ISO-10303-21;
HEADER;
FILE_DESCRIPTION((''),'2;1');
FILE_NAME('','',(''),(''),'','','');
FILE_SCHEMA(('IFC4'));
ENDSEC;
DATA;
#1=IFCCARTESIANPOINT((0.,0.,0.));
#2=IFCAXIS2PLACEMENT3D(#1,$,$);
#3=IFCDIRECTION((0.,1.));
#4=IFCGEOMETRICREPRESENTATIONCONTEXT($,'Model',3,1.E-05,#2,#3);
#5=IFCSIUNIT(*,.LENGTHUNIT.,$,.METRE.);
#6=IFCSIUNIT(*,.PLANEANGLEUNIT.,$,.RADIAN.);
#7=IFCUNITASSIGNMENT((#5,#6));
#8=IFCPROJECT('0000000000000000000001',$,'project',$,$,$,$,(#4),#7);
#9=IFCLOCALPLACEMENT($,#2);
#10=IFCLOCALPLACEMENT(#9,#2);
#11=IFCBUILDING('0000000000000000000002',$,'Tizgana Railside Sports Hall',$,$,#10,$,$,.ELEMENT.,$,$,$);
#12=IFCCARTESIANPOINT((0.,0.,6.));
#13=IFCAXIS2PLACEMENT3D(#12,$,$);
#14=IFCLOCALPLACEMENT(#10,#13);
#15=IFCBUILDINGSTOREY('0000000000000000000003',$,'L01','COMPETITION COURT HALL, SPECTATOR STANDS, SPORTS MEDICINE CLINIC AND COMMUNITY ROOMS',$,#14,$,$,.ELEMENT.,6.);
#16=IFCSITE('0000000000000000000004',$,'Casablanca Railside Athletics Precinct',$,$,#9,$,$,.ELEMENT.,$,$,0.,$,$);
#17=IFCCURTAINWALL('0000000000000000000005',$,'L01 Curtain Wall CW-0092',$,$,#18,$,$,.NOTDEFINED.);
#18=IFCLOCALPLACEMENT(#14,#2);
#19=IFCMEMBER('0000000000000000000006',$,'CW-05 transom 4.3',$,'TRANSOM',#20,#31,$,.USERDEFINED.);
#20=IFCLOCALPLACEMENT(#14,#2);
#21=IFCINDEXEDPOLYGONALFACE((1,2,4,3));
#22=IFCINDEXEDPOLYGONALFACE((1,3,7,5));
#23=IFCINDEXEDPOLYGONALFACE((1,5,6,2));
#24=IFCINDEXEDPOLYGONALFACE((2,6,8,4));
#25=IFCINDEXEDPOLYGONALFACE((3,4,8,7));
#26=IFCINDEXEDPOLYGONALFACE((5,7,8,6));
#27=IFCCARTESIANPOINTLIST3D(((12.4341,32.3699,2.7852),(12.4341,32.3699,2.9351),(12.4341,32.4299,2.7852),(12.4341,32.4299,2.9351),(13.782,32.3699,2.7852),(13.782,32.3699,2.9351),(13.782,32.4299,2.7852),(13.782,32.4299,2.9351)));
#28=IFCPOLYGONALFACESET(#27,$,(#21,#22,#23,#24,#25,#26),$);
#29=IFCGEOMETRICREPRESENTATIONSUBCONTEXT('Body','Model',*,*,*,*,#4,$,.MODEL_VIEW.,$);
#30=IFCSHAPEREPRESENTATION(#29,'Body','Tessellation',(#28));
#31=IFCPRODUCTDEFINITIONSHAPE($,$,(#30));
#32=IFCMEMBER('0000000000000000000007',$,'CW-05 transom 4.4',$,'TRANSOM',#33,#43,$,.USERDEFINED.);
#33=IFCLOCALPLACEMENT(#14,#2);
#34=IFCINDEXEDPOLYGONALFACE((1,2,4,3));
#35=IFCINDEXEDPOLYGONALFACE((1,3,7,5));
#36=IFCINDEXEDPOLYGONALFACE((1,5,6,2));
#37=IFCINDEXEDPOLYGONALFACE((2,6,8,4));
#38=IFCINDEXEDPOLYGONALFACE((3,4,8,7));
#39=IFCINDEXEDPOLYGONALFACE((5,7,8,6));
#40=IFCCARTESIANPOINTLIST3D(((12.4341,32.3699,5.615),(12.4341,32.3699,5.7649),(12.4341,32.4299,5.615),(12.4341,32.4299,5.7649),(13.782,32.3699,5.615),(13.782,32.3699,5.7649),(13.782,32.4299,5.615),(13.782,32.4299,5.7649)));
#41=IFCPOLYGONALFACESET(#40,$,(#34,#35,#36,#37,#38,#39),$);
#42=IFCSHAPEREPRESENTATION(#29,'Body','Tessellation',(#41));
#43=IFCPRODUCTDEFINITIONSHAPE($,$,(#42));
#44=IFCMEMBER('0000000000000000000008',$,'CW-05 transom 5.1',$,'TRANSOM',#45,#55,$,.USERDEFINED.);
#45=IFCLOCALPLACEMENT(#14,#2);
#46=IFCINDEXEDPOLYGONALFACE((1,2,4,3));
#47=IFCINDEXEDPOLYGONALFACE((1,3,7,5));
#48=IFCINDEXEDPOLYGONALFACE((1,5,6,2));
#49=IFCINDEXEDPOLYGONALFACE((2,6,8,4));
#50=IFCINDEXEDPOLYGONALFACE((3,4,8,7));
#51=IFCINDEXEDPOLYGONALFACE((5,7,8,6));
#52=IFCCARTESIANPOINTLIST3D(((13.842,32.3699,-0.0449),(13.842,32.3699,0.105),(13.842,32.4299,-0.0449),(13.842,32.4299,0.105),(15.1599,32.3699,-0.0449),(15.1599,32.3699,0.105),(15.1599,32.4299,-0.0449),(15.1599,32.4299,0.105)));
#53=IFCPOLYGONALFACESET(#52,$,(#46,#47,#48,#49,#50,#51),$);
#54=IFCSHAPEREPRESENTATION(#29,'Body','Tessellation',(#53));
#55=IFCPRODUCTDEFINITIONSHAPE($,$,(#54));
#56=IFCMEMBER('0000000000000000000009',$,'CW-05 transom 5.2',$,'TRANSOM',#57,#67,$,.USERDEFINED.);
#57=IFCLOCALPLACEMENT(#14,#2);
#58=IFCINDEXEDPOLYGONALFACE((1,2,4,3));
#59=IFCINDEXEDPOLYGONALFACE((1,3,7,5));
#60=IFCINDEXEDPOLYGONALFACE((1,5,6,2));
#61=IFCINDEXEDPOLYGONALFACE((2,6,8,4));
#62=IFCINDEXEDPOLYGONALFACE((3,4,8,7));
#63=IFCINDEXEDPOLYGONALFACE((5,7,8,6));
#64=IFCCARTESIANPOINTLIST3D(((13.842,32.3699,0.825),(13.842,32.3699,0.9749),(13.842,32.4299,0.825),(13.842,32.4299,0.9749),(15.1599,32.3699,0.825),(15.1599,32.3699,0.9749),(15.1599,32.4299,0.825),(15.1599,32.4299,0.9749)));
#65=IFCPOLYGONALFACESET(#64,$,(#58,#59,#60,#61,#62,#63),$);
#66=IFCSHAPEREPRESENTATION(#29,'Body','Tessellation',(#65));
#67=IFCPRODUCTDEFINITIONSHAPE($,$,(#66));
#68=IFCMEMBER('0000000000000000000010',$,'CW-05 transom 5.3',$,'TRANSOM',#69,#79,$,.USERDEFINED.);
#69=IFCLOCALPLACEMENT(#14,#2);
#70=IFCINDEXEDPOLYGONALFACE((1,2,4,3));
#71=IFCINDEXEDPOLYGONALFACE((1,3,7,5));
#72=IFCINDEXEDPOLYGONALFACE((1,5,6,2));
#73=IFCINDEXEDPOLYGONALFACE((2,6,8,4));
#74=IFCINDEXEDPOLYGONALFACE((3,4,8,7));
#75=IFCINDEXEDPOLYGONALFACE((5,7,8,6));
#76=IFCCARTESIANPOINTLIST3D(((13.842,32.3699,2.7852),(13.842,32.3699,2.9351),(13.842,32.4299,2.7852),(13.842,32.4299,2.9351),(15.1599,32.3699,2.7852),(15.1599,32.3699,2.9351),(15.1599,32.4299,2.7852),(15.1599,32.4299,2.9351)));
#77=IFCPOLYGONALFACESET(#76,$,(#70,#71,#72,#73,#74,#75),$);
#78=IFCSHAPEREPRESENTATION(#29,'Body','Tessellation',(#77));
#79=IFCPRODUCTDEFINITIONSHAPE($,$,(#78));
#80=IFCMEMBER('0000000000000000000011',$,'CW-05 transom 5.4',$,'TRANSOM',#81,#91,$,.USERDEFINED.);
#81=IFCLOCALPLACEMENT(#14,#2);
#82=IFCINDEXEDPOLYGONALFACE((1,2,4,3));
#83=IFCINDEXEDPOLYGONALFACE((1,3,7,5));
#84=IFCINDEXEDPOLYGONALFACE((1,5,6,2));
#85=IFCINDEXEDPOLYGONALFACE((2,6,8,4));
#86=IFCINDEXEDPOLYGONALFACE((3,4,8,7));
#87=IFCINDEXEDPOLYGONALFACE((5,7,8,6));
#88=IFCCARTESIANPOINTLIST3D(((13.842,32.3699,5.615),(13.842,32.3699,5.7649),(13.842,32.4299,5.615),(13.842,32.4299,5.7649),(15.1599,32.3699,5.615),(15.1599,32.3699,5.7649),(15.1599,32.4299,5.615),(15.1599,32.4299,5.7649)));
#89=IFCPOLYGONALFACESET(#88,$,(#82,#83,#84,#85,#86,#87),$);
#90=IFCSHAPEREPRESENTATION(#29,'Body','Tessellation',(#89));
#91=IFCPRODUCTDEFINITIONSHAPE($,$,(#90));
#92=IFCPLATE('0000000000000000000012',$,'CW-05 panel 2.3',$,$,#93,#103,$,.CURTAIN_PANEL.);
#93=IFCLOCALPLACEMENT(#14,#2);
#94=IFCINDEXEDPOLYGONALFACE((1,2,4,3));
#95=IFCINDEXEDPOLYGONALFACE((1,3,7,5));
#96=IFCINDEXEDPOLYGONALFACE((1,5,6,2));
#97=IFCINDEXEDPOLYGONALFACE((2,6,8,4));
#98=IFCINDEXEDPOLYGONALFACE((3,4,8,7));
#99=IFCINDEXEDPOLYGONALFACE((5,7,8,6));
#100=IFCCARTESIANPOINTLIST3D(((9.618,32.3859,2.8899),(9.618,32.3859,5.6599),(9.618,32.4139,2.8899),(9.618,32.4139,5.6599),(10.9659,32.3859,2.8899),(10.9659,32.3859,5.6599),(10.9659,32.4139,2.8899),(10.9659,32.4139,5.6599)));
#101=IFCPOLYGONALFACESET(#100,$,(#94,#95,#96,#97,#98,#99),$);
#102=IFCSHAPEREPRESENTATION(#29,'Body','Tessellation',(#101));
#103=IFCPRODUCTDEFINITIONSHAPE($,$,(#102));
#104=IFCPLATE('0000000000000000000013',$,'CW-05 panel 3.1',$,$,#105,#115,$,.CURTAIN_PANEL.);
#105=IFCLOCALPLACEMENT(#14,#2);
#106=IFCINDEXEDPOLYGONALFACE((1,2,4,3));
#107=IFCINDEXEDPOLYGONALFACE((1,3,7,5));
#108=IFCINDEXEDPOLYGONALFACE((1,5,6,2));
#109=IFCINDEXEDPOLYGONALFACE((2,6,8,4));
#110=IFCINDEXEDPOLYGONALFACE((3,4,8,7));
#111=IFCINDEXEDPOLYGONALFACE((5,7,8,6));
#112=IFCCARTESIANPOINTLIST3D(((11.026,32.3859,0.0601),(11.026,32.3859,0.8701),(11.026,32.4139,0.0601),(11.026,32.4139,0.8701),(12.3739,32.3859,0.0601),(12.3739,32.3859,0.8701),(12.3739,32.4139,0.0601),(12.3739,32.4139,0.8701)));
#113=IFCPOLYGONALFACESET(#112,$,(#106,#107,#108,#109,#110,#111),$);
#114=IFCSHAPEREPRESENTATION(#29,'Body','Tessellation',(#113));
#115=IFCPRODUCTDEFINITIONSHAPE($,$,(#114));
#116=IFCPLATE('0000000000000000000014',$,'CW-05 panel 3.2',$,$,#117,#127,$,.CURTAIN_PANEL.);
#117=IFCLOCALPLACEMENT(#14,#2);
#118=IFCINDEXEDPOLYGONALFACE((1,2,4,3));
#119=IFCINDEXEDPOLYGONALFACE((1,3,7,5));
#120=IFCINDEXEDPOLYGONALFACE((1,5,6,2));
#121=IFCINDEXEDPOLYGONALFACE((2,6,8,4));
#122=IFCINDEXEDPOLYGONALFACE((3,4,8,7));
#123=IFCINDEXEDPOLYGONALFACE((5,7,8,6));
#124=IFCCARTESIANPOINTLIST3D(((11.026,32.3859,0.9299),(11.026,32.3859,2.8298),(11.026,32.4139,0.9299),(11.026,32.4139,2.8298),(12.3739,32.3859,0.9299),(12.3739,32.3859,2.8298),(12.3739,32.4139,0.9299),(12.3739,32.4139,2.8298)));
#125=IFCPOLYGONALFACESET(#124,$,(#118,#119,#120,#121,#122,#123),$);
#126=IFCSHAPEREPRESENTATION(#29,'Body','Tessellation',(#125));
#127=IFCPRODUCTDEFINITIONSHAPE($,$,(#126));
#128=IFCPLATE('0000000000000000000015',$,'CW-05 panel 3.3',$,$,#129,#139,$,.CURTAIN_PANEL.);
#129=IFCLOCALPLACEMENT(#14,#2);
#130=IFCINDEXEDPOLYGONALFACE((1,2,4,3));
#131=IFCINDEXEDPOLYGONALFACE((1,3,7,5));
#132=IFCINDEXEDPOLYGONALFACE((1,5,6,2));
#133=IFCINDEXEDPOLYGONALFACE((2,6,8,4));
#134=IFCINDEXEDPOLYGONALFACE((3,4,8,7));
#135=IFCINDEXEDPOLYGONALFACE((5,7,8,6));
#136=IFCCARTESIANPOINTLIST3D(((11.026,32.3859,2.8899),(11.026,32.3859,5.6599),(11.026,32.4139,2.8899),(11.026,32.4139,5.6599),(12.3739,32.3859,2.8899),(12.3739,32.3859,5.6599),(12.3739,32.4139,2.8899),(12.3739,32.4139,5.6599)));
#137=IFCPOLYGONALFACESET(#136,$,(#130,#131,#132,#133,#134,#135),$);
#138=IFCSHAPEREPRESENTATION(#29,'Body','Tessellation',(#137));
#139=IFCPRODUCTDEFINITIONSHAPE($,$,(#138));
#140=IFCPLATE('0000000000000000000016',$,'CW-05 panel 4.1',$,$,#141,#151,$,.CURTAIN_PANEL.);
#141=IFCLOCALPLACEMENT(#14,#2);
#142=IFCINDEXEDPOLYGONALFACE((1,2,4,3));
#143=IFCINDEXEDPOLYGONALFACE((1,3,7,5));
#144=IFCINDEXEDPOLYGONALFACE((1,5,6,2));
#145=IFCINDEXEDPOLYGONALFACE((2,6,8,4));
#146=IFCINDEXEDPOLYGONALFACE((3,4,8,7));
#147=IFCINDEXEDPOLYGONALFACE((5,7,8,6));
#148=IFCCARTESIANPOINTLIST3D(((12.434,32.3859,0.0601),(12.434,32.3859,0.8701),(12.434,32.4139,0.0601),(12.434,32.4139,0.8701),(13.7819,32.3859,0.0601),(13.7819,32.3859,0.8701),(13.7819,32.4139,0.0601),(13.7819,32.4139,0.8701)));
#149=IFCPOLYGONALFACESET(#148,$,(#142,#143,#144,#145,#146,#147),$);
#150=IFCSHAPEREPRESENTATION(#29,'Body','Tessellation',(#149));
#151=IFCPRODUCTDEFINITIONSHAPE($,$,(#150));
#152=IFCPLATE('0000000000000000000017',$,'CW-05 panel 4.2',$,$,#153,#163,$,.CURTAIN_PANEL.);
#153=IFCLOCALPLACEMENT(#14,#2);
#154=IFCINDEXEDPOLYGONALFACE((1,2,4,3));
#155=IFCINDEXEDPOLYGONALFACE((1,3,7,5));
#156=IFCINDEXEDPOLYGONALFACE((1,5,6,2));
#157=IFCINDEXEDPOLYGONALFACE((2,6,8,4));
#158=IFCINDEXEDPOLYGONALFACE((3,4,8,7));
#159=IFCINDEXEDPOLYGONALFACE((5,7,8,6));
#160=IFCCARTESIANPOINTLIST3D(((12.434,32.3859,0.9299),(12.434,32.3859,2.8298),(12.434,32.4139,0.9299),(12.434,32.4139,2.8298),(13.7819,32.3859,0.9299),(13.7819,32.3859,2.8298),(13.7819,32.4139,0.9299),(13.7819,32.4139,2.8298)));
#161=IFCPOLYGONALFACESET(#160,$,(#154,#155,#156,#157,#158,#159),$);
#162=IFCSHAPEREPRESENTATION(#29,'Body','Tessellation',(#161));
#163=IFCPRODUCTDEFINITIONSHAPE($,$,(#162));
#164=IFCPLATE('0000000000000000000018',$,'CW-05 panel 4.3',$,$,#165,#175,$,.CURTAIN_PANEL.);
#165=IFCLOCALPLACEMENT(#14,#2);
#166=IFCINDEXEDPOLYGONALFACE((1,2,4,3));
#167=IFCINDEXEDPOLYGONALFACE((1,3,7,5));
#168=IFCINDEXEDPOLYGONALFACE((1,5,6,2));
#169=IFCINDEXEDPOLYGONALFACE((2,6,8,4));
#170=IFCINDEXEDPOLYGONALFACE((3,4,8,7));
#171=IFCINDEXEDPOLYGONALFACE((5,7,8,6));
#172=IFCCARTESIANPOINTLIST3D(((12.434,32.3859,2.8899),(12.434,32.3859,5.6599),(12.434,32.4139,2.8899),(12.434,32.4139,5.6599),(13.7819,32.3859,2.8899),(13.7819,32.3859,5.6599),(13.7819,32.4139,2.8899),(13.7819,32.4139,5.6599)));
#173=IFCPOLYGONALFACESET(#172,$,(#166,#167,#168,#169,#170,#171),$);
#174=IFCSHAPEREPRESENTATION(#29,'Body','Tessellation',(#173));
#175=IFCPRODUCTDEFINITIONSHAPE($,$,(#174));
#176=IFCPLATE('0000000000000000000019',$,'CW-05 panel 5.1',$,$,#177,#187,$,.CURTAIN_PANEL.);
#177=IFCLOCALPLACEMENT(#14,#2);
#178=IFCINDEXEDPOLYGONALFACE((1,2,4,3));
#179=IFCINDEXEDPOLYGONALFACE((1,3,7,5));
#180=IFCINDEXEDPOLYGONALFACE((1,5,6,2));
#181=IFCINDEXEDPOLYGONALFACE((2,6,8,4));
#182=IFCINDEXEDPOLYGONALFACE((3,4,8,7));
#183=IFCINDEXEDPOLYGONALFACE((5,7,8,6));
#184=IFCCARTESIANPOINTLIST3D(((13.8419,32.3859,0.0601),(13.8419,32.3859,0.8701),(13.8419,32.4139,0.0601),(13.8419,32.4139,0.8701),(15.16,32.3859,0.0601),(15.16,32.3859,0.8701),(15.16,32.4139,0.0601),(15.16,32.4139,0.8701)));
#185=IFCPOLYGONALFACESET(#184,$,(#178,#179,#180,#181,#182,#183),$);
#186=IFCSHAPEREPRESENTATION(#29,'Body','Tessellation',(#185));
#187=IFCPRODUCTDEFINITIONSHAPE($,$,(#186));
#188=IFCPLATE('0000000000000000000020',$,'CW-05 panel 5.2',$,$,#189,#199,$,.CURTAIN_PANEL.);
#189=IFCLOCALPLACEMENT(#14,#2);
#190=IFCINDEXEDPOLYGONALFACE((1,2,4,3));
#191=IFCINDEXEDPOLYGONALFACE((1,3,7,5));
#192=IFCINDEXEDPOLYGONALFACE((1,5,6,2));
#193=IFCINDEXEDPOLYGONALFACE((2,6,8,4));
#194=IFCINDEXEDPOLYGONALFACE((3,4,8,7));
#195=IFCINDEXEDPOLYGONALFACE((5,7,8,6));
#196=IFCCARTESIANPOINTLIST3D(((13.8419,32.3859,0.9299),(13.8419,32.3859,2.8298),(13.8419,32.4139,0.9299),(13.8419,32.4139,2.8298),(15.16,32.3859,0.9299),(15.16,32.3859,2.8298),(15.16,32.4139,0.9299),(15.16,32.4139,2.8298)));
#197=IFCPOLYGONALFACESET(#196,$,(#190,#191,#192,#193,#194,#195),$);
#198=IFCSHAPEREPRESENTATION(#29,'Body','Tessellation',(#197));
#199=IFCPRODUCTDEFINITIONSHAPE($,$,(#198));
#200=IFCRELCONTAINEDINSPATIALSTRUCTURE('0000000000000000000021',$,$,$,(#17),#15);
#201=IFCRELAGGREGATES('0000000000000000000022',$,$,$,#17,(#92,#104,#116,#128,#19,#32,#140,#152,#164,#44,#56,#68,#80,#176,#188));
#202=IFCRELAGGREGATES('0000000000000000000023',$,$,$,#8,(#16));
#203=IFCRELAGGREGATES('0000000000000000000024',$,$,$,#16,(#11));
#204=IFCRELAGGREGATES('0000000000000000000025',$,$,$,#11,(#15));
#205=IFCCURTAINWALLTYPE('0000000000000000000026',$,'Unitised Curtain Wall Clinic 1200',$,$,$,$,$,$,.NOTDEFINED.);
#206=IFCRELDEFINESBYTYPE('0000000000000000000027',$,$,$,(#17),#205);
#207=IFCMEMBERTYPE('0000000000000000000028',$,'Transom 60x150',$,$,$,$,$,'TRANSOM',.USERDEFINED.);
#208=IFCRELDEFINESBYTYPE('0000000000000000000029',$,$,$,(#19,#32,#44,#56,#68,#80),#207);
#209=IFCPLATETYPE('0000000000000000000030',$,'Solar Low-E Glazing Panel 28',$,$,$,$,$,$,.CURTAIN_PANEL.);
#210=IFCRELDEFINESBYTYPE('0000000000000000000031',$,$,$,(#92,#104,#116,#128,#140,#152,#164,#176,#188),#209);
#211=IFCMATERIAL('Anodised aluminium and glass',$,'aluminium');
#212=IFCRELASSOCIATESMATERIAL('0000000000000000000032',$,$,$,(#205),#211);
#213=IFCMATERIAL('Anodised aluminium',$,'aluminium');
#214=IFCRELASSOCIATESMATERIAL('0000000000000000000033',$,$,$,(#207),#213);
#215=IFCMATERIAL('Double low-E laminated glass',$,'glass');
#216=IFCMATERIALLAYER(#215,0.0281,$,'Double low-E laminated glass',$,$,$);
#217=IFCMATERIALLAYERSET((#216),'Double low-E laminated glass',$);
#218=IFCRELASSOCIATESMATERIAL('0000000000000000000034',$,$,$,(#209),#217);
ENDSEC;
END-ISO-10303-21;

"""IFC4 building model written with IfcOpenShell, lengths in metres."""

from ifc_helpers import new_model, si_unit, direction, frame, origin, origin_2d, place, context, subcontext, project, spatial, rectangle, extrude, material, layer, layer_set, material_profile, profile_set, type_object, element, aggregate, save


model = new_model("IFC4")

# Units and contexts
model_context = context("Model", 3, precision=1e-05, world=origin(), true_north=direction((0.0, 1.0)))
body_context = subcontext(model_context, "Body", "Model", "MODEL_VIEW")
ifc_project = project(units=[si_unit("LENGTHUNIT", "METRE"), si_unit("PLANEANGLEUNIT", "RADIAN")], contexts=[model_context])

# Site, building, storey
site_placement = place(None, origin())
site = spatial("IfcSite", under=ifc_project, at=site_placement, Name="Casablanca Railside Athletics Precinct", CompositionType="ELEMENT", RefElevation=0.0)
building_placement = place(site_placement, origin())
building = spatial("IfcBuilding", under=site, at=building_placement, Name="Tizgana Railside Sports Hall", CompositionType="ELEMENT")
storey_placement = place(building_placement, frame((0.0, 0.0, 6.0)))
storey = spatial("IfcBuildingStorey", under=building, at=storey_placement, Name="L01", Description="COMPETITION COURT HALL, SPECTATOR STANDS, SPORTS MEDICINE CLINIC AND COMMUNITY ROOMS", CompositionType="ELEMENT", Elevation=6.0)

# Curtain wall, members, plates
ifc_material_1 = material(Name="Anodised aluminium and glass", Category="aluminium")
curtain_wall_type = type_object("IfcCurtainWallType", Name="Unitised Curtain Wall Clinic 1200", PredefinedType="NOTDEFINED", material=ifc_material_1)
curtain_wall_placement = place(storey_placement, origin())
curtain_wall = element("IfcCurtainWall", 1, at=curtain_wall_placement, inside=storey, type_object=curtain_wall_type, Name="L01 Curtain Wall CW-0092", PredefinedType="NOTDEFINED")
ifc_material_2 = material(Name="Anodised aluminium", Category="aluminium")
ifc_material_profile_1 = material_profile(ifc_material_2, rectangle(XDim=0.0601, YDim=0.1499, at=origin_2d()), Name="Transom 60x150")
ifc_profile_set_1 = profile_set([ifc_material_profile_1], Name="Anodised aluminium")
member_type_1 = type_object("IfcMemberType", Name="Transom 60x150", ElementType="TRANSOM", PredefinedType="USERDEFINED", material=ifc_profile_set_1)
member_1_placement = place(storey_placement, frame((12.4341, 32.3999, 2.8601), z_axis=(1.0, 0.0, 0.0), x_axis=(0.0, 1.0, 0.0)))
member_1 = element("IfcMember", 2, at=member_1_placement, type_object=member_type_1, Name="CW-05 transom 4.3", ObjectType="TRANSOM", PredefinedType="USERDEFINED", context=body_context, shape_type="SweptSolid", body=[
    extrude(rectangle(XDim=0.0601, YDim=0.1499, at=origin_2d()), origin(), (0.0, 0.0, 1.0), 1.3479),
])
member_2_placement = place(storey_placement, frame((12.4341, 32.3999, 5.6899), z_axis=(1.0, 0.0, 0.0), x_axis=(0.0, 1.0, 0.0)))
member_2 = element("IfcMember", 3, at=member_2_placement, type_object=member_type_1, Name="CW-05 transom 4.4", ObjectType="TRANSOM", PredefinedType="USERDEFINED", context=body_context, shape_type="SweptSolid", body=[
    extrude(rectangle(XDim=0.0601, YDim=0.1499, at=origin_2d()), origin(), (0.0, 0.0, 1.0), 1.3479),
])
member_3_placement = place(storey_placement, frame((13.842, 32.3999, 0.03), z_axis=(1.0, 0.0, 0.0), x_axis=(0.0, 1.0, 0.0)))
member_3 = element("IfcMember", 4, at=member_3_placement, type_object=member_type_1, Name="CW-05 transom 5.1", ObjectType="TRANSOM", PredefinedType="USERDEFINED", context=body_context, shape_type="SweptSolid", body=[
    extrude(rectangle(XDim=0.0601, YDim=0.1499, at=origin_2d()), origin(), (0.0, 0.0, 1.0), 1.3179),
])
member_4_placement = place(storey_placement, frame((13.842, 32.3999, 0.8999), z_axis=(1.0, 0.0, 0.0), x_axis=(0.0, 1.0, 0.0)))
member_4 = element("IfcMember", 5, at=member_4_placement, type_object=member_type_1, Name="CW-05 transom 5.2", ObjectType="TRANSOM", PredefinedType="USERDEFINED", context=body_context, shape_type="SweptSolid", body=[
    extrude(rectangle(XDim=0.0601, YDim=0.1499, at=origin_2d()), origin(), (0.0, 0.0, 1.0), 1.3179),
])
member_5_placement = place(storey_placement, frame((13.842, 32.3999, 2.8601), z_axis=(1.0, 0.0, 0.0), x_axis=(0.0, 1.0, 0.0)))
member_5 = element("IfcMember", 6, at=member_5_placement, type_object=member_type_1, Name="CW-05 transom 5.3", ObjectType="TRANSOM", PredefinedType="USERDEFINED", context=body_context, shape_type="SweptSolid", body=[
    extrude(rectangle(XDim=0.0601, YDim=0.1499, at=origin_2d()), origin(), (0.0, 0.0, 1.0), 1.3179),
])
member_6_placement = place(storey_placement, frame((13.842, 32.3999, 5.6899), z_axis=(1.0, 0.0, 0.0), x_axis=(0.0, 1.0, 0.0)))
member_6 = element("IfcMember", 7, at=member_6_placement, type_object=member_type_1, Name="CW-05 transom 5.4", ObjectType="TRANSOM", PredefinedType="USERDEFINED", context=body_context, shape_type="SweptSolid", body=[
    extrude(rectangle(XDim=0.0601, YDim=0.1499, at=origin_2d()), origin(), (0.0, 0.0, 1.0), 1.3179),
])
ifc_material_3 = material(Name="Double low-E laminated glass", Category="glass")
ifc_layer_1 = layer(ifc_material_3, 0.0281, Name="Double low-E laminated glass")
ifc_layer_set_1 = layer_set([ifc_layer_1], Name="Double low-E laminated glass")
plate_type = type_object("IfcPlateType", Name="Solar Low-E Glazing Panel 28", PredefinedType="CURTAIN_PANEL", material=ifc_layer_set_1)
plate_1_placement = place(storey_placement, frame((10.292, 32.3999, 2.8899), z_axis=(0.0, 0.0, 1.0), x_axis=(1.0, 0.0, 0.0)))
plate_1 = element("IfcPlate", 8, at=plate_1_placement, type_object=plate_type, Name="CW-05 panel 2.3", PredefinedType="CURTAIN_PANEL", context=body_context, shape_type="SweptSolid", body=[
    extrude(rectangle(XDim=1.3479, YDim=0.0281, at=origin_2d()), origin(), (0.0, 0.0, 1.0), 2.77),
])
plate_2_placement = place(storey_placement, frame((11.7, 32.3999, 0.0601), z_axis=(0.0, 0.0, 1.0), x_axis=(1.0, 0.0, 0.0)))
plate_2 = element("IfcPlate", 9, at=plate_2_placement, type_object=plate_type, Name="CW-05 panel 3.1", PredefinedType="CURTAIN_PANEL", context=body_context, shape_type="SweptSolid", body=[
    extrude(rectangle(XDim=1.3479, YDim=0.0281, at=origin_2d()), origin(), (0.0, 0.0, 1.0), 0.8101),
])
plate_3_placement = place(storey_placement, frame((11.7, 32.3999, 0.9299), z_axis=(0.0, 0.0, 1.0), x_axis=(1.0, 0.0, 0.0)))
plate_3 = element("IfcPlate", 10, at=plate_3_placement, type_object=plate_type, Name="CW-05 panel 3.2", PredefinedType="CURTAIN_PANEL", context=body_context, shape_type="SweptSolid", body=[
    extrude(rectangle(XDim=1.3479, YDim=0.0281, at=origin_2d()), origin(), (0.0, 0.0, 1.0), 1.8999),
])
plate_4_placement = place(storey_placement, frame((11.7, 32.3999, 2.8899), z_axis=(0.0, 0.0, 1.0), x_axis=(1.0, 0.0, 0.0)))
plate_4 = element("IfcPlate", 11, at=plate_4_placement, type_object=plate_type, Name="CW-05 panel 3.3", PredefinedType="CURTAIN_PANEL", context=body_context, shape_type="SweptSolid", body=[
    extrude(rectangle(XDim=1.3479, YDim=0.0281, at=origin_2d()), origin(), (0.0, 0.0, 1.0), 2.77),
])
plate_5_placement = place(storey_placement, frame((13.1079, 32.3999, 0.0601), z_axis=(0.0, 0.0, 1.0), x_axis=(1.0, 0.0, 0.0)))
plate_5 = element("IfcPlate", 12, at=plate_5_placement, type_object=plate_type, Name="CW-05 panel 4.1", PredefinedType="CURTAIN_PANEL", context=body_context, shape_type="SweptSolid", body=[
    extrude(rectangle(XDim=1.3479, YDim=0.0281, at=origin_2d()), origin(), (0.0, 0.0, 1.0), 0.8101),
])
plate_6_placement = place(storey_placement, frame((13.1079, 32.3999, 0.9299), z_axis=(0.0, 0.0, 1.0), x_axis=(1.0, 0.0, 0.0)))
plate_6 = element("IfcPlate", 13, at=plate_6_placement, type_object=plate_type, Name="CW-05 panel 4.2", PredefinedType="CURTAIN_PANEL", context=body_context, shape_type="SweptSolid", body=[
    extrude(rectangle(XDim=1.3479, YDim=0.0281, at=origin_2d()), origin(), (0.0, 0.0, 1.0), 1.8999),
])
plate_7_placement = place(storey_placement, frame((13.1079, 32.3999, 2.8899), z_axis=(0.0, 0.0, 1.0), x_axis=(1.0, 0.0, 0.0)))
plate_7 = element("IfcPlate", 14, at=plate_7_placement, type_object=plate_type, Name="CW-05 panel 4.3", PredefinedType="CURTAIN_PANEL", context=body_context, shape_type="SweptSolid", body=[
    extrude(rectangle(XDim=1.3479, YDim=0.0281, at=origin_2d()), origin(), (0.0, 0.0, 1.0), 2.77),
])
plate_8_placement = place(storey_placement, frame((14.501, 32.3999, 0.0601), z_axis=(0.0, 0.0, 1.0), x_axis=(1.0, 0.0, 0.0)))
plate_8 = element("IfcPlate", 15, at=plate_8_placement, type_object=plate_type, Name="CW-05 panel 5.1", PredefinedType="CURTAIN_PANEL", context=body_context, shape_type="SweptSolid", body=[
    extrude(rectangle(XDim=1.3181, YDim=0.0281, at=origin_2d()), origin(), (0.0, 0.0, 1.0), 0.8101),
])
plate_9_placement = place(storey_placement, frame((14.501, 32.3999, 0.9299), z_axis=(0.0, 0.0, 1.0), x_axis=(1.0, 0.0, 0.0)))
plate_9 = element("IfcPlate", 16, at=plate_9_placement, type_object=plate_type, Name="CW-05 panel 5.2", PredefinedType="CURTAIN_PANEL", context=body_context, shape_type="SweptSolid", body=[
    extrude(rectangle(XDim=1.3181, YDim=0.0281, at=origin_2d()), origin(), (0.0, 0.0, 1.0), 1.8999),
])
aggregate(curtain_wall, [plate_1, plate_2, plate_3, plate_4, member_1, member_2, plate_5, plate_6, plate_7, member_3, member_4, member_5, member_6, plate_8, plate_9])

save(model, "model.ifc")
